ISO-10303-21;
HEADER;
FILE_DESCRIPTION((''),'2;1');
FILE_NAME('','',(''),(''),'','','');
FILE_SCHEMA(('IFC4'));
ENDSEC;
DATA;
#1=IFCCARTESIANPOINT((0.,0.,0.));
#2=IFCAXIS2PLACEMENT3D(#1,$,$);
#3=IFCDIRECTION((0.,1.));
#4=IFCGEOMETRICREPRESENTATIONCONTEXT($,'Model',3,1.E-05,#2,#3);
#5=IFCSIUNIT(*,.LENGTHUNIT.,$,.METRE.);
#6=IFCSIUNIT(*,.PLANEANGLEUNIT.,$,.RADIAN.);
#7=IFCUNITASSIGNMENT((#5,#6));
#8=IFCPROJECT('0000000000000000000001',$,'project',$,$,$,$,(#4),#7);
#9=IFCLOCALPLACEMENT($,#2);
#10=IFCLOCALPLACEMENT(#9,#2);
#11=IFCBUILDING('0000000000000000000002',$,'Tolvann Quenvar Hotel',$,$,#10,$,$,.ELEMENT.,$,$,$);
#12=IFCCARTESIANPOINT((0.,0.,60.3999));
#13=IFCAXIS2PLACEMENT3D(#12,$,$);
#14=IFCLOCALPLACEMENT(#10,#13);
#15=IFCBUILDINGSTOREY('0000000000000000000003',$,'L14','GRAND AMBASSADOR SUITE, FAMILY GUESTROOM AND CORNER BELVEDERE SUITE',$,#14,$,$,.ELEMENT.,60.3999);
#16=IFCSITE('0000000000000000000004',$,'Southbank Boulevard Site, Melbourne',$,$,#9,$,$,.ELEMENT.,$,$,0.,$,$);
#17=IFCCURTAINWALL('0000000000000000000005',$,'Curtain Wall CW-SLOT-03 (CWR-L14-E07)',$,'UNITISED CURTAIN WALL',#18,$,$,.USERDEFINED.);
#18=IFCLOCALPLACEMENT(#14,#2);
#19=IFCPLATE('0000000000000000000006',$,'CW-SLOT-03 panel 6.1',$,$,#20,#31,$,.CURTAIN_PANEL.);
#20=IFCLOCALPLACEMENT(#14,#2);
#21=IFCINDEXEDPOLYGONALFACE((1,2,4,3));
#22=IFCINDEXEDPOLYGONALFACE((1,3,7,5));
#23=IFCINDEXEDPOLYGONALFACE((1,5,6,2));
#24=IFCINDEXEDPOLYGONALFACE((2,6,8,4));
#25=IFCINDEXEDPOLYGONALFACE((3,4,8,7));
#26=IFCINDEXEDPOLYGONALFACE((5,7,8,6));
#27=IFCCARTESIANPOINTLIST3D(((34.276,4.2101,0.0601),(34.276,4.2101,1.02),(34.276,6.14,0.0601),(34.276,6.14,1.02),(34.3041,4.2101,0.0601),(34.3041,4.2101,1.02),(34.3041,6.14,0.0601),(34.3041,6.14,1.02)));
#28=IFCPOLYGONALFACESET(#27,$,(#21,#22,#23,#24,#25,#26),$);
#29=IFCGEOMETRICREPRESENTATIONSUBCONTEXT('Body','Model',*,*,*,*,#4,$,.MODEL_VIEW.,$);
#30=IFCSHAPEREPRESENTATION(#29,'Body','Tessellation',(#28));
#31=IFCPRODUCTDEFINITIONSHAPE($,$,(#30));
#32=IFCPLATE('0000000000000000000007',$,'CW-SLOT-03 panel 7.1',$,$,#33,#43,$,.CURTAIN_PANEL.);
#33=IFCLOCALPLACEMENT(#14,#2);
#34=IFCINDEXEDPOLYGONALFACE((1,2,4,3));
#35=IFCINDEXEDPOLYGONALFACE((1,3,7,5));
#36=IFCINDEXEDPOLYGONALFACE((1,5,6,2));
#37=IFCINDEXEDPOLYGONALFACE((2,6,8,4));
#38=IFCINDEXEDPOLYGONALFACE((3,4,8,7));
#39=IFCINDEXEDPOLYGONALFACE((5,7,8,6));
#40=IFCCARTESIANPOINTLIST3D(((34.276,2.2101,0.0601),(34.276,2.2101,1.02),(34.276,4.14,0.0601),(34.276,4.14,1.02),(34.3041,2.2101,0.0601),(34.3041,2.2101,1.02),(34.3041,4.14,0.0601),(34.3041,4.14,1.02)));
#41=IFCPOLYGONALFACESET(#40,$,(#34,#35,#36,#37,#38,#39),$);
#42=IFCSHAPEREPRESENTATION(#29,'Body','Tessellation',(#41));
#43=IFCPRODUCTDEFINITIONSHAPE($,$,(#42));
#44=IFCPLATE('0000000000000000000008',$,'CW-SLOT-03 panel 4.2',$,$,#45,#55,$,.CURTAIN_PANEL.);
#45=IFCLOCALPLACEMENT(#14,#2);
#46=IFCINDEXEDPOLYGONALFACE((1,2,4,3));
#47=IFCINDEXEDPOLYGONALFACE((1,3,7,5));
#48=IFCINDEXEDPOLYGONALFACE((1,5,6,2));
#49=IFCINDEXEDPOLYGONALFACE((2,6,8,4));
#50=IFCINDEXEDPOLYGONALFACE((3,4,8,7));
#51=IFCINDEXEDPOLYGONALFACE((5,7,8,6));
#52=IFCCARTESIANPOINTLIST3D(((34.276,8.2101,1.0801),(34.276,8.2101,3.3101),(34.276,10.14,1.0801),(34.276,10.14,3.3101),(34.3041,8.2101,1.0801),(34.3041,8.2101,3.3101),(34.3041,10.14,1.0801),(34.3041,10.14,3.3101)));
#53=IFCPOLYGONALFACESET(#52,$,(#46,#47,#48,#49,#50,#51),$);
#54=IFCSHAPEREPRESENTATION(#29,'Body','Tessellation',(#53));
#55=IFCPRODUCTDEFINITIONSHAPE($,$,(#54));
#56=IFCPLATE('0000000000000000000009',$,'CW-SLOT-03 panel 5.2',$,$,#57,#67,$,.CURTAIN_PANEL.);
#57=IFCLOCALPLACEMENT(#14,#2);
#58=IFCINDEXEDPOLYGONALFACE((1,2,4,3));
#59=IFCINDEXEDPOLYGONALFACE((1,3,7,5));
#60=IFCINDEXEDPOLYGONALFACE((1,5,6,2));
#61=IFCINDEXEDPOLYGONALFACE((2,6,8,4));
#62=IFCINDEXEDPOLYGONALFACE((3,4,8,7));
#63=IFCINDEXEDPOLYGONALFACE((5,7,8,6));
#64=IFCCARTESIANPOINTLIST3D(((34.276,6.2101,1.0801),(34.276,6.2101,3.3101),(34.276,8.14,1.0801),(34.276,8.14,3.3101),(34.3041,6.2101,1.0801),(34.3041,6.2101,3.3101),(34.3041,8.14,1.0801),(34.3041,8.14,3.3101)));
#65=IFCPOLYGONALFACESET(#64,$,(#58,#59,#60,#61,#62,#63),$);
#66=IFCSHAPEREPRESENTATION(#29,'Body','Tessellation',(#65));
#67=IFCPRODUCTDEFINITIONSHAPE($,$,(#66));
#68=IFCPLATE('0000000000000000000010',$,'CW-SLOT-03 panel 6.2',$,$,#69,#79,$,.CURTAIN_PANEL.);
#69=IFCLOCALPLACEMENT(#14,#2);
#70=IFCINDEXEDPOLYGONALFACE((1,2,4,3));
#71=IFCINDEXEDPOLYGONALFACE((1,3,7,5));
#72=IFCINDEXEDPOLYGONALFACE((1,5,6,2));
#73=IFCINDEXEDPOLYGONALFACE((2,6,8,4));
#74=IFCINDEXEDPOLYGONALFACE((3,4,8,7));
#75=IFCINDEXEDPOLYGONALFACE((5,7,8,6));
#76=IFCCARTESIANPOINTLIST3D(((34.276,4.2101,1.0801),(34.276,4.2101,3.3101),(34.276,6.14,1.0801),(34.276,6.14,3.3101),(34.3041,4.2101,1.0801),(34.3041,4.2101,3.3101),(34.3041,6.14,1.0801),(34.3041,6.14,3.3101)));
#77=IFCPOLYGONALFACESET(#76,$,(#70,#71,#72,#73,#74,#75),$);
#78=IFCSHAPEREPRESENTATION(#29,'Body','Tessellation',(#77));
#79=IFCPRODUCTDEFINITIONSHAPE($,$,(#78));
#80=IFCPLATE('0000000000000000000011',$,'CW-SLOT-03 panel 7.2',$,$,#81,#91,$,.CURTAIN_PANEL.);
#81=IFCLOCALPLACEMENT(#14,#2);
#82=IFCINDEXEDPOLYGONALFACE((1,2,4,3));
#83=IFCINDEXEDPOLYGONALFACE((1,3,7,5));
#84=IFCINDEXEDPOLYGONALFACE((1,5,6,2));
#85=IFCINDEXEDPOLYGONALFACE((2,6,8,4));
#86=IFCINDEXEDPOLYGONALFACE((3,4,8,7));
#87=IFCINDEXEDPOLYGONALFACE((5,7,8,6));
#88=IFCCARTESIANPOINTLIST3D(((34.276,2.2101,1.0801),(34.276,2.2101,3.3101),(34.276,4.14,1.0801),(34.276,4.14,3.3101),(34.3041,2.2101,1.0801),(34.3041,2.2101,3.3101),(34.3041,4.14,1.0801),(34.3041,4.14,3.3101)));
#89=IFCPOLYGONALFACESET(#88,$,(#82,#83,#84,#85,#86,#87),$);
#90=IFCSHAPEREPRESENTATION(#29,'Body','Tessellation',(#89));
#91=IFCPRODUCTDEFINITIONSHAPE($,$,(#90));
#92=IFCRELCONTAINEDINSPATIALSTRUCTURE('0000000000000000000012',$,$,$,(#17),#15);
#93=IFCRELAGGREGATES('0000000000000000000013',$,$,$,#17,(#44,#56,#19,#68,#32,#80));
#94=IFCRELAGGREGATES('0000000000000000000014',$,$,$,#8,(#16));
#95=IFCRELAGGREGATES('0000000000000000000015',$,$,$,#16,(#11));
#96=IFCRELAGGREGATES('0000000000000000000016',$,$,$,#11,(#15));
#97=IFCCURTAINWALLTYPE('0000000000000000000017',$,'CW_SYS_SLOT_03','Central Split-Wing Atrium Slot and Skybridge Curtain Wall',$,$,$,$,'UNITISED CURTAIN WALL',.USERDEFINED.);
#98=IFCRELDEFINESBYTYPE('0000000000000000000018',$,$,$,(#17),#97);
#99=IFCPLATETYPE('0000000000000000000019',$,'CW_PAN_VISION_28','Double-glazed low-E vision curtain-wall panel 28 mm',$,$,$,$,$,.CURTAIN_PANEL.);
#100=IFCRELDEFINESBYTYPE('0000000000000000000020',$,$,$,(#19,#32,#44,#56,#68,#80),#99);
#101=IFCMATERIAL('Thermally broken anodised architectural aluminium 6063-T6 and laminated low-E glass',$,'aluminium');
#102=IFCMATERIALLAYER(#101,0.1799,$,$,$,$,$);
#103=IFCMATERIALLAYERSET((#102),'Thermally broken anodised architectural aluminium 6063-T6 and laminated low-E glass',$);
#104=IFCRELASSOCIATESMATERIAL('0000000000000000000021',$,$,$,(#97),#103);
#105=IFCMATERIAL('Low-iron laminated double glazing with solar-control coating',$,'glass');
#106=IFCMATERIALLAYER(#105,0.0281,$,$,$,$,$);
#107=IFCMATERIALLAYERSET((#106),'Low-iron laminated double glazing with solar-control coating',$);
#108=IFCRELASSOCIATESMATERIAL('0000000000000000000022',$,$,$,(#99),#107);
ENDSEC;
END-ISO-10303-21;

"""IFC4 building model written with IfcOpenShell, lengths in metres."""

from ifc_helpers import new_model, si_unit, direction, frame, origin, origin_2d, place, context, subcontext, project, spatial, rectangle, extrude, source, transform, mapped, material, layer, layer_set, type_object, element, aggregate, save


model = new_model("IFC4")

# Units and contexts
model_context = context("Model", 3, precision=1e-05, world=origin(), true_north=direction((0.0, 1.0)))
body_context = subcontext(model_context, "Body", "Model", "MODEL_VIEW")
ifc_project = project(units=[si_unit("LENGTHUNIT", "METRE"), si_unit("PLANEANGLEUNIT", "RADIAN")], contexts=[model_context])

# Site, building, storey
site_placement = place(None, origin())
site = spatial("IfcSite", under=ifc_project, at=site_placement, Name="Southbank Boulevard Site, Melbourne", CompositionType="ELEMENT", RefElevation=0.0)
building_placement = place(site_placement, origin())
building = spatial("IfcBuilding", under=site, at=building_placement, Name="Tolvann Quenvar Hotel", CompositionType="ELEMENT")
storey_placement = place(building_placement, frame((0.0, 0.0, 60.3999)))
storey = spatial("IfcBuildingStorey", under=building, at=storey_placement, Name="L14", Description="GRAND AMBASSADOR SUITE, FAMILY GUESTROOM AND CORNER BELVEDERE SUITE", CompositionType="ELEMENT", Elevation=60.3999)

# Curtain wall, plates
ifc_material_1 = material(Name="Thermally broken anodised architectural aluminium 6063-T6 and laminated low-E glass", Category="aluminium")
ifc_layer_1 = layer(ifc_material_1, 0.1799)
ifc_layer_set_1 = layer_set([ifc_layer_1], Name="Thermally broken anodised architectural aluminium 6063-T6 and laminated low-E glass")
curtain_wall_type = type_object("IfcCurtainWallType", Name="CW_SYS_SLOT_03", Description="Central Split-Wing Atrium Slot and Skybridge Curtain Wall", ElementType="UNITISED CURTAIN WALL", PredefinedType="USERDEFINED", material=ifc_layer_set_1)
curtain_wall_placement = place(storey_placement, origin())
curtain_wall = element("IfcCurtainWall", 1, at=curtain_wall_placement, inside=storey, type_object=curtain_wall_type, Name="Curtain Wall CW-SLOT-03 (CWR-L14-E07)", ObjectType="UNITISED CURTAIN WALL", PredefinedType="USERDEFINED")
ifc_material_2 = material(Name="Low-iron laminated double glazing with solar-control coating", Category="glass")
ifc_layer_2 = layer(ifc_material_2, 0.0281)
ifc_layer_set_2 = layer_set([ifc_layer_2], Name="Low-iron laminated double glazing with solar-control coating")
plate_type = type_object("IfcPlateType", Name="CW_PAN_VISION_28", Description="Double-glazed low-E vision curtain-wall panel 28 mm", PredefinedType="CURTAIN_PANEL", material=ifc_layer_set_2)
shared_shape_1 = source(origin(), body_context, "Body", "SweptSolid", [
    extrude(rectangle(XDim=1.9299, YDim=0.0281, at=origin_2d()), origin(), (0.0, 0.0, 1.0), 0.96),
])
plate_1_placement = place(storey_placement, frame((34.29, 5.175, 0.0601), z_axis=(0.0, 0.0, 1.0), x_axis=(0.0, -1.0, 0.0)))
plate_1 = element("IfcPlate", 2, at=plate_1_placement, type_object=plate_type, Name="CW-SLOT-03 panel 6.1", PredefinedType="CURTAIN_PANEL", context=body_context, shape_type="MappedRepresentation", body=[
    mapped(shared_shape_1, transform((0.0, 0.0, 0.0), x_axis=(1.0, 0.0, 0.0), y_axis=(0.0, 1.0, 0.0), z_axis=(0.0, 0.0, 1.0), scale=1.0)),
])
plate_2_placement = place(storey_placement, frame((34.29, 3.175, 0.0601), z_axis=(0.0, 0.0, 1.0), x_axis=(0.0, -1.0, 0.0)))
plate_2 = element("IfcPlate", 3, at=plate_2_placement, type_object=plate_type, Name="CW-SLOT-03 panel 7.1", PredefinedType="CURTAIN_PANEL", context=body_context, shape_type="MappedRepresentation", body=[
    mapped(shared_shape_1, transform((0.0, 0.0, 0.0), x_axis=(1.0, 0.0, 0.0), y_axis=(0.0, 1.0, 0.0), z_axis=(0.0, 0.0, 1.0), scale=1.0)),
])
shared_shape_2 = source(origin(), body_context, "Body", "SweptSolid", [
    extrude(rectangle(XDim=1.9299, YDim=0.0281, at=origin_2d()), origin(), (0.0, 0.0, 1.0), 2.23),
])
plate_3_placement = place(storey_placement, frame((34.29, 9.175, 1.0801), z_axis=(0.0, 0.0, 1.0), x_axis=(0.0, -1.0, 0.0)))
plate_3 = element("IfcPlate", 4, at=plate_3_placement, type_object=plate_type, Name="CW-SLOT-03 panel 4.2", PredefinedType="CURTAIN_PANEL", context=body_context, shape_type="MappedRepresentation", body=[
    mapped(shared_shape_2, transform((0.0, 0.0, 0.0), x_axis=(1.0, 0.0, 0.0), y_axis=(0.0, 1.0, 0.0), z_axis=(0.0, 0.0, 1.0), scale=1.0)),
])
plate_4_placement = place(storey_placement, frame((34.29, 7.175, 1.0801), z_axis=(0.0, 0.0, 1.0), x_axis=(0.0, -1.0, 0.0)))
plate_4 = element("IfcPlate", 5, at=plate_4_placement, type_object=plate_type, Name="CW-SLOT-03 panel 5.2", PredefinedType="CURTAIN_PANEL", context=body_context, shape_type="MappedRepresentation", body=[
    mapped(shared_shape_2, transform((0.0, 0.0, 0.0), x_axis=(1.0, 0.0, 0.0), y_axis=(0.0, 1.0, 0.0), z_axis=(0.0, 0.0, 1.0), scale=1.0)),
])
plate_5_placement = place(storey_placement, frame((34.29, 5.175, 1.0801), z_axis=(0.0, 0.0, 1.0), x_axis=(0.0, -1.0, 0.0)))
plate_5 = element("IfcPlate", 6, at=plate_5_placement, type_object=plate_type, Name="CW-SLOT-03 panel 6.2", PredefinedType="CURTAIN_PANEL", context=body_context, shape_type="MappedRepresentation", body=[
    mapped(shared_shape_2, transform((0.0, 0.0, 0.0), x_axis=(1.0, 0.0, 0.0), y_axis=(0.0, 1.0, 0.0), z_axis=(0.0, 0.0, 1.0), scale=1.0)),
])
plate_6_placement = place(storey_placement, frame((34.29, 3.175, 1.0801), z_axis=(0.0, 0.0, 1.0), x_axis=(0.0, -1.0, 0.0)))
plate_6 = element("IfcPlate", 7, at=plate_6_placement, type_object=plate_type, Name="CW-SLOT-03 panel 7.2", PredefinedType="CURTAIN_PANEL", context=body_context, shape_type="MappedRepresentation", body=[
    mapped(shared_shape_2, transform((0.0, 0.0, 0.0), x_axis=(1.0, 0.0, 0.0), y_axis=(0.0, 1.0, 0.0), z_axis=(0.0, 0.0, 1.0), scale=1.0)),
])
aggregate(curtain_wall, [plate_3, plate_4, plate_1, plate_5, plate_2, plate_6])

save(model, "model.ifc")
